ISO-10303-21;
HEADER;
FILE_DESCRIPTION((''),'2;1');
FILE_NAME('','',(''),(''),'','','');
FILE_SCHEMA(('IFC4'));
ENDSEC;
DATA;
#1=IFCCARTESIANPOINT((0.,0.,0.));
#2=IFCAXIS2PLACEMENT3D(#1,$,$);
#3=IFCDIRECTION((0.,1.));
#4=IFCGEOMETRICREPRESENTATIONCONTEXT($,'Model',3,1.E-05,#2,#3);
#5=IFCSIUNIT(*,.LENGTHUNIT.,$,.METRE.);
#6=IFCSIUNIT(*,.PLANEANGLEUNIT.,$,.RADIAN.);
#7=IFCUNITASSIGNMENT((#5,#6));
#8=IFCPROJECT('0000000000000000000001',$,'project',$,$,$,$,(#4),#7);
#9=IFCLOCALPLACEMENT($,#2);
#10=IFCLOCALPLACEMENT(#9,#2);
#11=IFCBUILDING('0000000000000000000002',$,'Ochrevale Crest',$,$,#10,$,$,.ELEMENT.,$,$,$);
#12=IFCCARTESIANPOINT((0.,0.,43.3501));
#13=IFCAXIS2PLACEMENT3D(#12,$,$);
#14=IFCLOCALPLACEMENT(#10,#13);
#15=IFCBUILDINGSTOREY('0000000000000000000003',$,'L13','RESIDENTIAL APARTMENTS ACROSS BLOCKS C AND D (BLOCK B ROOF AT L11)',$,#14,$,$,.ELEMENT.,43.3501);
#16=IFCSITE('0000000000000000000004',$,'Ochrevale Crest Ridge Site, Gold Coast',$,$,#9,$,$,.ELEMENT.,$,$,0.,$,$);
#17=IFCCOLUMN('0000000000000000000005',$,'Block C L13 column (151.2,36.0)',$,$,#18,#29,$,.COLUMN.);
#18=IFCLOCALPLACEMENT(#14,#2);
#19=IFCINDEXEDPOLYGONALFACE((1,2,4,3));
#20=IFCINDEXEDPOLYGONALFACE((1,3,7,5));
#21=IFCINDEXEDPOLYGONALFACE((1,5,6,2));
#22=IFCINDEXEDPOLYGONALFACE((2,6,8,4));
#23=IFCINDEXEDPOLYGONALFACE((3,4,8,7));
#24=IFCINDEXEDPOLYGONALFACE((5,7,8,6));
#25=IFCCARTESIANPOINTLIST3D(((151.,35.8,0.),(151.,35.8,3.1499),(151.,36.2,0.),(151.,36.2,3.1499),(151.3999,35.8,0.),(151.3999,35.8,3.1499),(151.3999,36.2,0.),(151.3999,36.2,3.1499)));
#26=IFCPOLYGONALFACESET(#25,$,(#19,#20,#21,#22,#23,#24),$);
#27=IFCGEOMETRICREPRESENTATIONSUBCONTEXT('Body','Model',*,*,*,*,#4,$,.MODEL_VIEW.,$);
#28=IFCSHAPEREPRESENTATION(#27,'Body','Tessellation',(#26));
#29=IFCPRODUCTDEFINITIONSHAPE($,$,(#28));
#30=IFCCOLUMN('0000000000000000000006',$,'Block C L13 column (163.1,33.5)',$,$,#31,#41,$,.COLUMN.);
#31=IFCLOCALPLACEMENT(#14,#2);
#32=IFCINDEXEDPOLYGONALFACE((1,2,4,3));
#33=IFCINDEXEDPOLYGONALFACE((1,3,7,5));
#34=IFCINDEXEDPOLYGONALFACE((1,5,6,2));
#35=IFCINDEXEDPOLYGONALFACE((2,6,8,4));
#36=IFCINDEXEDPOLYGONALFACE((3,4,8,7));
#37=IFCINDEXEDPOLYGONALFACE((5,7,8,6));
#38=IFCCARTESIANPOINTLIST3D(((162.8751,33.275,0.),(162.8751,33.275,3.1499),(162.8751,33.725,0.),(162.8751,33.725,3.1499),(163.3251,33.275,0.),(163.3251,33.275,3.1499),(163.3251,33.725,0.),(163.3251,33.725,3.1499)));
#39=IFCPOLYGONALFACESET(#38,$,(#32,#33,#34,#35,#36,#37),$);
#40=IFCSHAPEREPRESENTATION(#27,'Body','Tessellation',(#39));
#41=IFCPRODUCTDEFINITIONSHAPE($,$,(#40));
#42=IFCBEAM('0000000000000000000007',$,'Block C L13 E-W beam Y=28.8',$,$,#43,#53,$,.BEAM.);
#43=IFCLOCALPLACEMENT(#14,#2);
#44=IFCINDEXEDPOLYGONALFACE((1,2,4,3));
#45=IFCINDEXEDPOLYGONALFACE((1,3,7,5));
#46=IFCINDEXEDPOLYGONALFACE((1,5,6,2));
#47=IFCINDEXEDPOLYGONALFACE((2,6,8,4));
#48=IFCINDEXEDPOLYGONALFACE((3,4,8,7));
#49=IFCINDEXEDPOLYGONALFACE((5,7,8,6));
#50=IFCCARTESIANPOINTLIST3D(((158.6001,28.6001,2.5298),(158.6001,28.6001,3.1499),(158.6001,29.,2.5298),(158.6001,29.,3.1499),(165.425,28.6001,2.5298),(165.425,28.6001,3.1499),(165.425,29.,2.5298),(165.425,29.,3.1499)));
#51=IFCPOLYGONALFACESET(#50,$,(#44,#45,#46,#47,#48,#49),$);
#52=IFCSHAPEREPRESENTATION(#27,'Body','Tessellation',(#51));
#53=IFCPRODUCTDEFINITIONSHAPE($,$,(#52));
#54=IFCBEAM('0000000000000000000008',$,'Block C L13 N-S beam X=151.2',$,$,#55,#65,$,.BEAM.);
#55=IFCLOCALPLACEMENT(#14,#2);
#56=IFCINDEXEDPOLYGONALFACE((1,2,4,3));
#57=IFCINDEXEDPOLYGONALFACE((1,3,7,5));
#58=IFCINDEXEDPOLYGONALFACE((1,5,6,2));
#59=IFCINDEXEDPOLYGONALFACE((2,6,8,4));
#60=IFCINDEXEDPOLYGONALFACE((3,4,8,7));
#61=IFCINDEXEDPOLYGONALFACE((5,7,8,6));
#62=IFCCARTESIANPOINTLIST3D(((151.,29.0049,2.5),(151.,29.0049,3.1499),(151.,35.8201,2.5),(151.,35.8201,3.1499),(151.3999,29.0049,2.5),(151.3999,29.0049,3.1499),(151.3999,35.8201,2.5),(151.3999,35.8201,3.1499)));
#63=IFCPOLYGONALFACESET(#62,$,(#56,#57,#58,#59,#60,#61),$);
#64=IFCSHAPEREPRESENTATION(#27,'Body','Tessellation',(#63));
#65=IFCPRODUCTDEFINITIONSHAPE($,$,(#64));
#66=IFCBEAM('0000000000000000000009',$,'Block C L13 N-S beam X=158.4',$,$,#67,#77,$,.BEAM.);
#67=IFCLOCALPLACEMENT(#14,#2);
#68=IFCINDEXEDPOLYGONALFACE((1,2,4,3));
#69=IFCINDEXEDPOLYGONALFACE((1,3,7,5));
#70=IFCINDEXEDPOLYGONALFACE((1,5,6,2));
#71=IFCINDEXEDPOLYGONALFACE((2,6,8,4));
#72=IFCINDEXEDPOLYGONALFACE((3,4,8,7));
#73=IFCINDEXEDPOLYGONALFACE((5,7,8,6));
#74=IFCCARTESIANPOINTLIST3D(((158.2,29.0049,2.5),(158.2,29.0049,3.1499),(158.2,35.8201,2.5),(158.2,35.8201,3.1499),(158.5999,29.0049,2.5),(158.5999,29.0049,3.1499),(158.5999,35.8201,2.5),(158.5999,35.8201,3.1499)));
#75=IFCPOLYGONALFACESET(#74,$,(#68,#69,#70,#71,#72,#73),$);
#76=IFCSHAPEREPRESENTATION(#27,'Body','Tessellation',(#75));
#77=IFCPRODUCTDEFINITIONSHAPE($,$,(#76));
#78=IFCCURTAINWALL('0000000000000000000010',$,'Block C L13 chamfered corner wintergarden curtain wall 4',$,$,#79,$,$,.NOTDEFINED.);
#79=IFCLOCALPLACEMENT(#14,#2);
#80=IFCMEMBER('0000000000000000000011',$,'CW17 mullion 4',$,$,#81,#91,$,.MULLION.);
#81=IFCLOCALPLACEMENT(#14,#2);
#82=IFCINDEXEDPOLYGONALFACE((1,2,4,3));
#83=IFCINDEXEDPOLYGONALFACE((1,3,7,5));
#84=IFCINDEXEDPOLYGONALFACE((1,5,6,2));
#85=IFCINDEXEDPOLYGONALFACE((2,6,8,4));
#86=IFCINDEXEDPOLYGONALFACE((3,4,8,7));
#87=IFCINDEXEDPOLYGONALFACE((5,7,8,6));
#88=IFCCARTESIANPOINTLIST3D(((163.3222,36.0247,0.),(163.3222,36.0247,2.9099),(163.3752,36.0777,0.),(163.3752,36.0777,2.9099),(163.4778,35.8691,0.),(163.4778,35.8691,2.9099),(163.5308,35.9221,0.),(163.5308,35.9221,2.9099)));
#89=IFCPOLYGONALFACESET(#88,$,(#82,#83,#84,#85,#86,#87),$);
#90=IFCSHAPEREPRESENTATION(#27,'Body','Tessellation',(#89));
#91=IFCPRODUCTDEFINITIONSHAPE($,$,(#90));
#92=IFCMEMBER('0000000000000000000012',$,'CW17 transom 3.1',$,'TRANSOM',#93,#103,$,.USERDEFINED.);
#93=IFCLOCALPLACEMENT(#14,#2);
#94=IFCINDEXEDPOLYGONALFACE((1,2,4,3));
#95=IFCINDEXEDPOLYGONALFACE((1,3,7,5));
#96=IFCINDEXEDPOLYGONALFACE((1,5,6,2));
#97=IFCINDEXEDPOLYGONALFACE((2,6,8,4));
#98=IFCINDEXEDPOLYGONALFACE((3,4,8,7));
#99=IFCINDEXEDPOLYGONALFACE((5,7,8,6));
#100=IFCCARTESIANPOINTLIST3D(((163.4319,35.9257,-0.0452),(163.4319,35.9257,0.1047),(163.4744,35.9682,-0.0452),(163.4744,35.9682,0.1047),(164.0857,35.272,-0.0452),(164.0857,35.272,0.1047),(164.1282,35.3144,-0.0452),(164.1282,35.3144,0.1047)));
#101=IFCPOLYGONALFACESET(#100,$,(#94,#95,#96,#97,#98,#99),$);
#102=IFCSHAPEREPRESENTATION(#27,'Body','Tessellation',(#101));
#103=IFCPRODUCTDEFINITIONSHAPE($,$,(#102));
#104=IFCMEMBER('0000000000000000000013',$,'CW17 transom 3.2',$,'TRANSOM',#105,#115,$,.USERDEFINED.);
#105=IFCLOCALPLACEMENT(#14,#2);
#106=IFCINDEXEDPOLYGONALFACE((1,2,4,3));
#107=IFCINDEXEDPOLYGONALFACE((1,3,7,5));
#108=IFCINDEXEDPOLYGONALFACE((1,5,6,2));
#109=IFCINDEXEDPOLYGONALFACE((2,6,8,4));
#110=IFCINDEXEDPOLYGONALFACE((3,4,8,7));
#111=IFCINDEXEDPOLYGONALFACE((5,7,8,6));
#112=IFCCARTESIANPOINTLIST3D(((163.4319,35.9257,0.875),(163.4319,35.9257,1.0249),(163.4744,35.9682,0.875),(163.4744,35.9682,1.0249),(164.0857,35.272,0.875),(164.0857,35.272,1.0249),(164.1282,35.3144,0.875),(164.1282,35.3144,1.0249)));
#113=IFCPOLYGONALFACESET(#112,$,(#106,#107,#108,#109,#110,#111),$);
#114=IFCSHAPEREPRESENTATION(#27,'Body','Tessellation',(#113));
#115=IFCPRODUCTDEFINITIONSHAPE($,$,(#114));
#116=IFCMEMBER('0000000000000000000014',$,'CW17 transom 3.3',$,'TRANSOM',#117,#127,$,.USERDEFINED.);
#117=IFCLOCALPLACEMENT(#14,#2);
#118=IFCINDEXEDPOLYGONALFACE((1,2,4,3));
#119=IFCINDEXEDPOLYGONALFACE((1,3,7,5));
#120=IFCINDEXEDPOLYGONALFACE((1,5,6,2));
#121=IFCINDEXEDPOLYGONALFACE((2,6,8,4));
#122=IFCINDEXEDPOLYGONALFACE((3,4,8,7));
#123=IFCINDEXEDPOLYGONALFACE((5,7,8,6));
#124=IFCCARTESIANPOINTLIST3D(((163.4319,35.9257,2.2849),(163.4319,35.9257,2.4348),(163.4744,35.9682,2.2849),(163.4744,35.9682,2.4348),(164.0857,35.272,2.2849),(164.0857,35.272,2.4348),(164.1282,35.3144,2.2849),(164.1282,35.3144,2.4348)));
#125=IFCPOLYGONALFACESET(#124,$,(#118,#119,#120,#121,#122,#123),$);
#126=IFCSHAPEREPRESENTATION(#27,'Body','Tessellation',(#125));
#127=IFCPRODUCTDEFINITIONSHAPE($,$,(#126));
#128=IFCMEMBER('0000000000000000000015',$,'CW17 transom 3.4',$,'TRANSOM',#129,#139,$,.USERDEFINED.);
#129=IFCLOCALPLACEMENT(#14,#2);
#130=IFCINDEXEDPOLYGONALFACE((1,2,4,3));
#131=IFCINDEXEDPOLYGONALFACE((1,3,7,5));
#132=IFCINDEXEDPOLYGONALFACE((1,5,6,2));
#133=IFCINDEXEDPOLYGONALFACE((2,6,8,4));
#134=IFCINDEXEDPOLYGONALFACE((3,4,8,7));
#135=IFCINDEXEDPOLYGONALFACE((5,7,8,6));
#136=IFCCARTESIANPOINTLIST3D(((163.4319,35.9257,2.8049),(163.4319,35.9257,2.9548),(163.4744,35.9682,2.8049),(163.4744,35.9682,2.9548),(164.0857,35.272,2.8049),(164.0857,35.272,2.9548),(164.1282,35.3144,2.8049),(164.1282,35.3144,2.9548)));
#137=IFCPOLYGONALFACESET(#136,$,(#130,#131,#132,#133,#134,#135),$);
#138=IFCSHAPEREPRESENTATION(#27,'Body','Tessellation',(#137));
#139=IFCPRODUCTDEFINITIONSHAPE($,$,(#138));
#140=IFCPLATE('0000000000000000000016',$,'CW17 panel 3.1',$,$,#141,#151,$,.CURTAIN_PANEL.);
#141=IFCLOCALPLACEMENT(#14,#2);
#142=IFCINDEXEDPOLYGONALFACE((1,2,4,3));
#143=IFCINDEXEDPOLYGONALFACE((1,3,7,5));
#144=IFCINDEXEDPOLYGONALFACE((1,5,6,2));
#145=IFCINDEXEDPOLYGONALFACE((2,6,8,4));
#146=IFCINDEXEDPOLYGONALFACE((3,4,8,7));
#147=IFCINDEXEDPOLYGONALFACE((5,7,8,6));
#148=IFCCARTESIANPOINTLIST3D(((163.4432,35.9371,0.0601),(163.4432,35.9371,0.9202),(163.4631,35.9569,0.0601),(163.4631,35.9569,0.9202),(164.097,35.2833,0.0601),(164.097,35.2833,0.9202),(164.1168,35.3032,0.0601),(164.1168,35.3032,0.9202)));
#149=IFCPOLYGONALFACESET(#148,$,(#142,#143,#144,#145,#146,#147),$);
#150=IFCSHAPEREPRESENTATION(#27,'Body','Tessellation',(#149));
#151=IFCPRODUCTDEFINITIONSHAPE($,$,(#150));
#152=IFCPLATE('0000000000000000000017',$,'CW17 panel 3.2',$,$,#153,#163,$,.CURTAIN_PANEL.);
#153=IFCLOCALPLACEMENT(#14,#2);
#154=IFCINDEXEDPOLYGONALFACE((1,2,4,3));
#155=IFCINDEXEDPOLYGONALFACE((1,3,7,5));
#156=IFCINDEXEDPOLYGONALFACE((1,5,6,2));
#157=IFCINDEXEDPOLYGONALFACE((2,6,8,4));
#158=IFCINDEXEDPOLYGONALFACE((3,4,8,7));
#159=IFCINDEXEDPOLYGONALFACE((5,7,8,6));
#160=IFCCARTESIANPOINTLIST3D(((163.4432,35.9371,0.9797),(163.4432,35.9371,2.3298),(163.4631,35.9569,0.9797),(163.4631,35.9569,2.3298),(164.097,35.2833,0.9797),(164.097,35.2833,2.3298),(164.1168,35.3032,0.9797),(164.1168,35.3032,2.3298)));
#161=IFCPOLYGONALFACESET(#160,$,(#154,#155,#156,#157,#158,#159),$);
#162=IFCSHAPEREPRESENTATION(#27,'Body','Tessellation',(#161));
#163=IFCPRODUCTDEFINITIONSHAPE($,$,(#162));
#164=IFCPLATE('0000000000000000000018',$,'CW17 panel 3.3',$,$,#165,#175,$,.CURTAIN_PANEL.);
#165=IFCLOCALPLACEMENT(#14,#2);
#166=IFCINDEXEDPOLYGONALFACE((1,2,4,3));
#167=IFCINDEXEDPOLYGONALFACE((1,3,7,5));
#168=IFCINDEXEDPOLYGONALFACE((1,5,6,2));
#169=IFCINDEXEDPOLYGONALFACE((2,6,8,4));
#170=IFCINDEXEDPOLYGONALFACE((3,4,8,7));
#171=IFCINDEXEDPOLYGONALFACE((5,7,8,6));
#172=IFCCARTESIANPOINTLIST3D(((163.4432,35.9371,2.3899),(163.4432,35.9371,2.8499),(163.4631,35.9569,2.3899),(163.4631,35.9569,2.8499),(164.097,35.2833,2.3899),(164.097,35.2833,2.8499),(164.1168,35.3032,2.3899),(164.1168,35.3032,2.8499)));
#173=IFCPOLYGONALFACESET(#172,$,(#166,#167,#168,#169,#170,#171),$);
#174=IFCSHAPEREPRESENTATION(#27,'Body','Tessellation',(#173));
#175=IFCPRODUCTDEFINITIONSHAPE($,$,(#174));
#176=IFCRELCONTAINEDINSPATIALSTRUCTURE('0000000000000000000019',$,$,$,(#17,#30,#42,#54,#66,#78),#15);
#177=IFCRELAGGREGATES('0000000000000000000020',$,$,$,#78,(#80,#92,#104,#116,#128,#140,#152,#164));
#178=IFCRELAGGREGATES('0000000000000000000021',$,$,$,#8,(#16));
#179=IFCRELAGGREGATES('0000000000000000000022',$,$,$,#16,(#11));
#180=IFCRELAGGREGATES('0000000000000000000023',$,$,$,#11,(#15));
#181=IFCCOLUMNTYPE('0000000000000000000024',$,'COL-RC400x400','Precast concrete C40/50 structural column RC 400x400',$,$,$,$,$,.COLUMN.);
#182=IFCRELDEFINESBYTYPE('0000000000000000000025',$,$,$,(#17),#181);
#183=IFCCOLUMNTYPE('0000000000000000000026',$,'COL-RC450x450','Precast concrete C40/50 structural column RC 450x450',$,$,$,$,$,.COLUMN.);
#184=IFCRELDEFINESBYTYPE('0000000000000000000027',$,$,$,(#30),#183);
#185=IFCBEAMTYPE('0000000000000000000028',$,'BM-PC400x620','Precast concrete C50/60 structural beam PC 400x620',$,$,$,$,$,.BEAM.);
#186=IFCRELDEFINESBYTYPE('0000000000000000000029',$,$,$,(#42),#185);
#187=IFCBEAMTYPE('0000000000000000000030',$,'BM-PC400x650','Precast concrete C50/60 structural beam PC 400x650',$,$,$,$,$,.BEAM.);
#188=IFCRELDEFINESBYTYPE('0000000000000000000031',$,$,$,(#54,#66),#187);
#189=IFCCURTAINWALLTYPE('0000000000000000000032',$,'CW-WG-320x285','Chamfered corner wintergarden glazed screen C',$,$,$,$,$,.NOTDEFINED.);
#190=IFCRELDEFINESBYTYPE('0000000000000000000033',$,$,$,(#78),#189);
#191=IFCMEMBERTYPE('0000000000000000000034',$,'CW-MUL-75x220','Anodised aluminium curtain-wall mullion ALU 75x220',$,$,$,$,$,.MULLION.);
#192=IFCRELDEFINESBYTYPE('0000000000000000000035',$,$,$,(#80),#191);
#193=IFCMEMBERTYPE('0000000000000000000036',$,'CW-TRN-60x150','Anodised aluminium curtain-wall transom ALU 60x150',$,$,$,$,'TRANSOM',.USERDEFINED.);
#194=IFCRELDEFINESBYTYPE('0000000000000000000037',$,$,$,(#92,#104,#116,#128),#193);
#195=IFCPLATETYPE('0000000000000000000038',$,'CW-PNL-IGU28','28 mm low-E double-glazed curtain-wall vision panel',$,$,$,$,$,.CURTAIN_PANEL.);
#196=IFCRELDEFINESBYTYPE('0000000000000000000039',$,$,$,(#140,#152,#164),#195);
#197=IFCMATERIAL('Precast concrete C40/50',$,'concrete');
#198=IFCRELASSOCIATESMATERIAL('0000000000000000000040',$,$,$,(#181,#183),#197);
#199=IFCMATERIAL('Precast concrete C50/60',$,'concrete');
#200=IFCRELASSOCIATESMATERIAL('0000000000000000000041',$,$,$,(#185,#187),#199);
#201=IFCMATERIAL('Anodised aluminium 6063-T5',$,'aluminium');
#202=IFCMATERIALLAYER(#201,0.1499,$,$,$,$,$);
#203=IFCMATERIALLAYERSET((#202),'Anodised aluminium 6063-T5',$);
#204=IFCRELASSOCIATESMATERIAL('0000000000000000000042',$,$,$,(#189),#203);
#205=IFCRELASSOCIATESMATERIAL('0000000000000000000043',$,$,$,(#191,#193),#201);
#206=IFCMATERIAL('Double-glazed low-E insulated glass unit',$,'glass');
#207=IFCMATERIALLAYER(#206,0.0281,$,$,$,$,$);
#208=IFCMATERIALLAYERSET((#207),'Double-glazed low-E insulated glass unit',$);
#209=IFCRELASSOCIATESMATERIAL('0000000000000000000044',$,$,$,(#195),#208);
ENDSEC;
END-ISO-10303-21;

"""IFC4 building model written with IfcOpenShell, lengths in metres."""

from ifc_helpers import new_model, si_unit, direction, frame, origin, origin_2d, place, context, subcontext, project, spatial, rectangle, extrude, material, layer, layer_set, material_profile, profile_set, type_object, element, aggregate, save


model = new_model("IFC4")

# Units and contexts
model_context = context("Model", 3, precision=1e-05, world=origin(), true_north=direction((0.0, 1.0)))
body_context = subcontext(model_context, "Body", "Model", "MODEL_VIEW")
ifc_project = project(units=[si_unit("LENGTHUNIT", "METRE"), si_unit("PLANEANGLEUNIT", "RADIAN")], contexts=[model_context])

# Site, building, storey
site_placement = place(None, origin())
site = spatial("IfcSite", under=ifc_project, at=site_placement, Name="Ochrevale Crest Ridge Site, Gold Coast", CompositionType="ELEMENT", RefElevation=0.0)
building_placement = place(site_placement, origin())
building = spatial("IfcBuilding", under=site, at=building_placement, Name="Ochrevale Crest", CompositionType="ELEMENT")
storey_placement = place(building_placement, frame((0.0, 0.0, 43.3501)))
storey = spatial("IfcBuildingStorey", under=building, at=storey_placement, Name="L13", Description="RESIDENTIAL APARTMENTS ACROSS BLOCKS C AND D (BLOCK B ROOF AT L11)", CompositionType="ELEMENT", Elevation=43.3501)

# Columns
ifc_material_1 = material(Name="Precast concrete C40/50", Category="concrete")
ifc_material_profile_1 = material_profile(ifc_material_1, rectangle(XDim=0.3999, YDim=0.3999, at=origin_2d()), Name="RC 400x400")
ifc_profile_set_1 = profile_set([ifc_material_profile_1], Name="Precast concrete C40/50")
column_type_1 = type_object("IfcColumnType", Name="COL-RC400x400", Description="Precast concrete C40/50 structural column RC 400x400", PredefinedType="COLUMN", material=ifc_profile_set_1)
column_1_placement = place(storey_placement, frame((151.2, 36.0, 0.0), z_axis=(0.0, 0.0, 1.0), x_axis=(1.0, 0.0, 0.0)))
element("IfcColumn", 1, at=column_1_placement, inside=storey, type_object=column_type_1, Name="Block C L13 column (151.2,36.0)", PredefinedType="COLUMN", context=body_context, shape_type="SweptSolid", body=[
    extrude(rectangle(XDim=0.3999, YDim=0.3999, at=origin_2d()), origin(), (0.0, 0.0, 1.0), 3.1499),
])
ifc_material_profile_2 = material_profile(ifc_material_1, rectangle(XDim=0.45, YDim=0.45, at=origin_2d()), Name="RC 450x450")
ifc_profile_set_2 = profile_set([ifc_material_profile_2], Name="Precast concrete C40/50")
column_type_2 = type_object("IfcColumnType", Name="COL-RC450x450", Description="Precast concrete C40/50 structural column RC 450x450", PredefinedType="COLUMN", material=ifc_profile_set_2)
column_2_placement = place(storey_placement, frame((163.1001, 33.5, 0.0), z_axis=(0.0, 0.0, 1.0), x_axis=(1.0, 0.0, 0.0)))
element("IfcColumn", 2, at=column_2_placement, inside=storey, type_object=column_type_2, Name="Block C L13 column (163.1,33.5)", PredefinedType="COLUMN", context=body_context, shape_type="SweptSolid", body=[
    extrude(rectangle(XDim=0.45, YDim=0.45, at=origin_2d()), origin(), (0.0, 0.0, 1.0), 3.1499),
])

# Beams
ifc_material_2 = material(Name="Precast concrete C50/60", Category="concrete")
ifc_material_profile_3 = material_profile(ifc_material_2, rectangle(XDim=0.3999, YDim=0.6201, at=origin_2d()), Name="PC 400x620")
ifc_profile_set_3 = profile_set([ifc_material_profile_3], Name="Precast concrete C50/60")
beam_type_1 = type_object("IfcBeamType", Name="BM-PC400x620", Description="Precast concrete C50/60 structural beam PC 400x620", PredefinedType="BEAM", material=ifc_profile_set_3)
beam_placement = place(storey_placement, frame((158.6001, 28.8, 2.8398), z_axis=(1.0, 0.0, 0.0), x_axis=(0.0, 1.0, 0.0)))
element("IfcBeam", 3, at=beam_placement, inside=storey, type_object=beam_type_1, Name="Block C L13 E-W beam Y=28.8", PredefinedType="BEAM", context=body_context, shape_type="SweptSolid", body=[
    extrude(rectangle(XDim=0.3999, YDim=0.6201, at=origin_2d()), origin(), (0.0, 0.0, 1.0), 6.825),
])
ifc_material_profile_4 = material_profile(ifc_material_2, rectangle(XDim=0.3999, YDim=0.6499, at=origin_2d()), Name="PC 400x650")
ifc_profile_set_4 = profile_set([ifc_material_profile_4], Name="Precast concrete C50/60")
beam_type_2 = type_object("IfcBeamType", Name="BM-PC400x650", Description="Precast concrete C50/60 structural beam PC 400x650", PredefinedType="BEAM", material=ifc_profile_set_4)
for number, where, z_axis, x_axis, name in (
    (4, (151.2, 29.0049, 2.825), (0.0, 1.0, 0.0), (-1.0, 0.0, 0.0), "Block C L13 N-S beam X=151.2"),
    (5, (158.3999, 29.0049, 2.825), (0.0, 1.0, 0.0), (-1.0, 0.0, 0.0), "Block C L13 N-S beam X=158.4"),
):
    element("IfcBeam", number, at=place(storey_placement, frame(where, z_axis=z_axis, x_axis=x_axis)), inside=storey, type_object=beam_type_2, Name=name, PredefinedType="BEAM", context=body_context, shape_type="SweptSolid", body=[
        extrude(rectangle(XDim=0.3999, YDim=0.6499, at=origin_2d()), origin(), (0.0, 0.0, 1.0), 6.8152),
    ])

# Curtain wall, members, plates
ifc_material_3 = material(Name="Anodised aluminium 6063-T5", Category="aluminium")
ifc_layer_1 = layer(ifc_material_3, 0.1499)
ifc_layer_set_1 = layer_set([ifc_layer_1], Name="Anodised aluminium 6063-T5")
curtain_wall_type = type_object("IfcCurtainWallType", Name="CW-WG-320x285", Description="Chamfered corner wintergarden glazed screen C", PredefinedType="NOTDEFINED", material=ifc_layer_set_1)
curtain_wall_placement = place(storey_placement, origin())
curtain_wall = element("IfcCurtainWall", 6, at=curtain_wall_placement, inside=storey, type_object=curtain_wall_type, Name="Block C L13 chamfered corner wintergarden curtain wall 4", PredefinedType="NOTDEFINED")
ifc_material_profile_5 = material_profile(ifc_material_3, rectangle(XDim=0.075, YDim=0.22, at=origin_2d()), Name="ALU 75x220")
ifc_profile_set_5 = profile_set([ifc_material_profile_5], Name="Anodised aluminium 6063-T5")
member_type_1 = type_object("IfcMemberType", Name="CW-MUL-75x220", Description="Anodised aluminium curtain-wall mullion ALU 75x220", PredefinedType="MULLION", material=ifc_profile_set_5)
member_1_placement = place(storey_placement, frame((163.4265, 35.9734, 0.0), z_axis=(0.0, 0.0, 1.0), x_axis=(-0.707107, -0.707107, 0.0)))
member_1 = element("IfcMember", 7, at=member_1_placement, type_object=member_type_1, Name="CW17 mullion 4", PredefinedType="MULLION", context=body_context, shape_type="SweptSolid", body=[
    extrude(rectangle(XDim=0.075, YDim=0.22, at=origin_2d()), origin(), (0.0, 0.0, 1.0), 2.9099),
])
ifc_material_profile_6 = material_profile(ifc_material_3, rectangle(XDim=0.0601, YDim=0.1499, at=origin_2d()), Name="ALU 60x150")
ifc_profile_set_6 = profile_set([ifc_material_profile_6], Name="Anodised aluminium 6063-T5")
member_type_2 = type_object("IfcMemberType", Name="CW-TRN-60x150", Description="Anodised aluminium curtain-wall transom ALU 60x150", ElementType="TRANSOM", PredefinedType="USERDEFINED", material=ifc_profile_set_6)
member_2_placement = place(storey_placement, frame((164.1069, 35.2932, 0.0298), z_axis=(-0.707107, 0.707107, 0.0), x_axis=(-0.707107, -0.707107, 0.0)))
member_2 = element("IfcMember", 8, at=member_2_placement, type_object=member_type_2, Name="CW17 transom 3.1", ObjectType="TRANSOM", PredefinedType="USERDEFINED", context=body_context, shape_type="SweptSolid", body=[
    extrude(rectangle(XDim=0.0601, YDim=0.1499, at=origin_2d()), origin(), (0.0, 0.0, 1.0), 0.9246),
])
member_3_placement = place(storey_placement, frame((164.1069, 35.2932, 0.95), z_axis=(-0.707107, 0.707107, 0.0), x_axis=(-0.707107, -0.707107, 0.0)))
member_3 = element("IfcMember", 9, at=member_3_placement, type_object=member_type_2, Name="CW17 transom 3.2", ObjectType="TRANSOM", PredefinedType="USERDEFINED", context=body_context, shape_type="SweptSolid", body=[
    extrude(rectangle(XDim=0.0601, YDim=0.1499, at=origin_2d()), origin(), (0.0, 0.0, 1.0), 0.9246),
])
member_4_placement = place(storey_placement, frame((164.1069, 35.2932, 2.3599), z_axis=(-0.707107, 0.707107, 0.0), x_axis=(-0.707107, -0.707107, 0.0)))
member_4 = element("IfcMember", 10, at=member_4_placement, type_object=member_type_2, Name="CW17 transom 3.3", ObjectType="TRANSOM", PredefinedType="USERDEFINED", context=body_context, shape_type="SweptSolid", body=[
    extrude(rectangle(XDim=0.0601, YDim=0.1499, at=origin_2d()), origin(), (0.0, 0.0, 1.0), 0.9246),
])
member_5_placement = place(storey_placement, frame((164.1069, 35.2932, 2.8799), z_axis=(-0.707107, 0.707107, 0.0), x_axis=(-0.707107, -0.707107, 0.0)))
member_5 = element("IfcMember", 11, at=member_5_placement, type_object=member_type_2, Name="CW17 transom 3.4", ObjectType="TRANSOM", PredefinedType="USERDEFINED", context=body_context, shape_type="SweptSolid", body=[
    extrude(rectangle(XDim=0.0601, YDim=0.1499, at=origin_2d()), origin(), (0.0, 0.0, 1.0), 0.9246),
])
ifc_material_4 = material(Name="Double-glazed low-E insulated glass unit", Category="glass")
ifc_layer_2 = layer(ifc_material_4, 0.0281)
ifc_layer_set_2 = layer_set([ifc_layer_2], Name="Double-glazed low-E insulated glass unit")
plate_type = type_object("IfcPlateType", Name="CW-PNL-IGU28", Description="28 mm low-E double-glazed curtain-wall vision panel", PredefinedType="CURTAIN_PANEL", material=ifc_layer_set_2)
plate_1_placement = place(storey_placement, frame((163.78, 35.6201, 0.0601), z_axis=(0.0, 0.0, 1.0), x_axis=(-0.707107, 0.707107, 0.0)))
plate_1 = element("IfcPlate", 12, at=plate_1_placement, type_object=plate_type, Name="CW17 panel 3.1", PredefinedType="CURTAIN_PANEL", context=body_context, shape_type="SweptSolid", body=[
    extrude(rectangle(XDim=0.9246, YDim=0.0281, at=origin_2d()), origin(), (0.0, 0.0, 1.0), 0.8601),
])
plate_2_placement = place(storey_placement, frame((163.78, 35.6201, 0.9797), z_axis=(0.0, 0.0, 1.0), x_axis=(-0.707107, 0.707107, 0.0)))
plate_2 = element("IfcPlate", 13, at=plate_2_placement, type_object=plate_type, Name="CW17 panel 3.2", PredefinedType="CURTAIN_PANEL", context=body_context, shape_type="SweptSolid", body=[
    extrude(rectangle(XDim=0.9246, YDim=0.0281, at=origin_2d()), origin(), (0.0, 0.0, 1.0), 1.3501),
])
plate_3_placement = place(storey_placement, frame((163.78, 35.6201, 2.3899), z_axis=(0.0, 0.0, 1.0), x_axis=(-0.707107, 0.707107, 0.0)))
plate_3 = element("IfcPlate", 14, at=plate_3_placement, type_object=plate_type, Name="CW17 panel 3.3", PredefinedType="CURTAIN_PANEL", context=body_context, shape_type="SweptSolid", body=[
    extrude(rectangle(XDim=0.9246, YDim=0.0281, at=origin_2d()), origin(), (0.0, 0.0, 1.0), 0.46),
])
aggregate(curtain_wall, [member_1, member_2, member_3, member_4, member_5, plate_1, plate_2, plate_3])

save(model, "model.ifc")
